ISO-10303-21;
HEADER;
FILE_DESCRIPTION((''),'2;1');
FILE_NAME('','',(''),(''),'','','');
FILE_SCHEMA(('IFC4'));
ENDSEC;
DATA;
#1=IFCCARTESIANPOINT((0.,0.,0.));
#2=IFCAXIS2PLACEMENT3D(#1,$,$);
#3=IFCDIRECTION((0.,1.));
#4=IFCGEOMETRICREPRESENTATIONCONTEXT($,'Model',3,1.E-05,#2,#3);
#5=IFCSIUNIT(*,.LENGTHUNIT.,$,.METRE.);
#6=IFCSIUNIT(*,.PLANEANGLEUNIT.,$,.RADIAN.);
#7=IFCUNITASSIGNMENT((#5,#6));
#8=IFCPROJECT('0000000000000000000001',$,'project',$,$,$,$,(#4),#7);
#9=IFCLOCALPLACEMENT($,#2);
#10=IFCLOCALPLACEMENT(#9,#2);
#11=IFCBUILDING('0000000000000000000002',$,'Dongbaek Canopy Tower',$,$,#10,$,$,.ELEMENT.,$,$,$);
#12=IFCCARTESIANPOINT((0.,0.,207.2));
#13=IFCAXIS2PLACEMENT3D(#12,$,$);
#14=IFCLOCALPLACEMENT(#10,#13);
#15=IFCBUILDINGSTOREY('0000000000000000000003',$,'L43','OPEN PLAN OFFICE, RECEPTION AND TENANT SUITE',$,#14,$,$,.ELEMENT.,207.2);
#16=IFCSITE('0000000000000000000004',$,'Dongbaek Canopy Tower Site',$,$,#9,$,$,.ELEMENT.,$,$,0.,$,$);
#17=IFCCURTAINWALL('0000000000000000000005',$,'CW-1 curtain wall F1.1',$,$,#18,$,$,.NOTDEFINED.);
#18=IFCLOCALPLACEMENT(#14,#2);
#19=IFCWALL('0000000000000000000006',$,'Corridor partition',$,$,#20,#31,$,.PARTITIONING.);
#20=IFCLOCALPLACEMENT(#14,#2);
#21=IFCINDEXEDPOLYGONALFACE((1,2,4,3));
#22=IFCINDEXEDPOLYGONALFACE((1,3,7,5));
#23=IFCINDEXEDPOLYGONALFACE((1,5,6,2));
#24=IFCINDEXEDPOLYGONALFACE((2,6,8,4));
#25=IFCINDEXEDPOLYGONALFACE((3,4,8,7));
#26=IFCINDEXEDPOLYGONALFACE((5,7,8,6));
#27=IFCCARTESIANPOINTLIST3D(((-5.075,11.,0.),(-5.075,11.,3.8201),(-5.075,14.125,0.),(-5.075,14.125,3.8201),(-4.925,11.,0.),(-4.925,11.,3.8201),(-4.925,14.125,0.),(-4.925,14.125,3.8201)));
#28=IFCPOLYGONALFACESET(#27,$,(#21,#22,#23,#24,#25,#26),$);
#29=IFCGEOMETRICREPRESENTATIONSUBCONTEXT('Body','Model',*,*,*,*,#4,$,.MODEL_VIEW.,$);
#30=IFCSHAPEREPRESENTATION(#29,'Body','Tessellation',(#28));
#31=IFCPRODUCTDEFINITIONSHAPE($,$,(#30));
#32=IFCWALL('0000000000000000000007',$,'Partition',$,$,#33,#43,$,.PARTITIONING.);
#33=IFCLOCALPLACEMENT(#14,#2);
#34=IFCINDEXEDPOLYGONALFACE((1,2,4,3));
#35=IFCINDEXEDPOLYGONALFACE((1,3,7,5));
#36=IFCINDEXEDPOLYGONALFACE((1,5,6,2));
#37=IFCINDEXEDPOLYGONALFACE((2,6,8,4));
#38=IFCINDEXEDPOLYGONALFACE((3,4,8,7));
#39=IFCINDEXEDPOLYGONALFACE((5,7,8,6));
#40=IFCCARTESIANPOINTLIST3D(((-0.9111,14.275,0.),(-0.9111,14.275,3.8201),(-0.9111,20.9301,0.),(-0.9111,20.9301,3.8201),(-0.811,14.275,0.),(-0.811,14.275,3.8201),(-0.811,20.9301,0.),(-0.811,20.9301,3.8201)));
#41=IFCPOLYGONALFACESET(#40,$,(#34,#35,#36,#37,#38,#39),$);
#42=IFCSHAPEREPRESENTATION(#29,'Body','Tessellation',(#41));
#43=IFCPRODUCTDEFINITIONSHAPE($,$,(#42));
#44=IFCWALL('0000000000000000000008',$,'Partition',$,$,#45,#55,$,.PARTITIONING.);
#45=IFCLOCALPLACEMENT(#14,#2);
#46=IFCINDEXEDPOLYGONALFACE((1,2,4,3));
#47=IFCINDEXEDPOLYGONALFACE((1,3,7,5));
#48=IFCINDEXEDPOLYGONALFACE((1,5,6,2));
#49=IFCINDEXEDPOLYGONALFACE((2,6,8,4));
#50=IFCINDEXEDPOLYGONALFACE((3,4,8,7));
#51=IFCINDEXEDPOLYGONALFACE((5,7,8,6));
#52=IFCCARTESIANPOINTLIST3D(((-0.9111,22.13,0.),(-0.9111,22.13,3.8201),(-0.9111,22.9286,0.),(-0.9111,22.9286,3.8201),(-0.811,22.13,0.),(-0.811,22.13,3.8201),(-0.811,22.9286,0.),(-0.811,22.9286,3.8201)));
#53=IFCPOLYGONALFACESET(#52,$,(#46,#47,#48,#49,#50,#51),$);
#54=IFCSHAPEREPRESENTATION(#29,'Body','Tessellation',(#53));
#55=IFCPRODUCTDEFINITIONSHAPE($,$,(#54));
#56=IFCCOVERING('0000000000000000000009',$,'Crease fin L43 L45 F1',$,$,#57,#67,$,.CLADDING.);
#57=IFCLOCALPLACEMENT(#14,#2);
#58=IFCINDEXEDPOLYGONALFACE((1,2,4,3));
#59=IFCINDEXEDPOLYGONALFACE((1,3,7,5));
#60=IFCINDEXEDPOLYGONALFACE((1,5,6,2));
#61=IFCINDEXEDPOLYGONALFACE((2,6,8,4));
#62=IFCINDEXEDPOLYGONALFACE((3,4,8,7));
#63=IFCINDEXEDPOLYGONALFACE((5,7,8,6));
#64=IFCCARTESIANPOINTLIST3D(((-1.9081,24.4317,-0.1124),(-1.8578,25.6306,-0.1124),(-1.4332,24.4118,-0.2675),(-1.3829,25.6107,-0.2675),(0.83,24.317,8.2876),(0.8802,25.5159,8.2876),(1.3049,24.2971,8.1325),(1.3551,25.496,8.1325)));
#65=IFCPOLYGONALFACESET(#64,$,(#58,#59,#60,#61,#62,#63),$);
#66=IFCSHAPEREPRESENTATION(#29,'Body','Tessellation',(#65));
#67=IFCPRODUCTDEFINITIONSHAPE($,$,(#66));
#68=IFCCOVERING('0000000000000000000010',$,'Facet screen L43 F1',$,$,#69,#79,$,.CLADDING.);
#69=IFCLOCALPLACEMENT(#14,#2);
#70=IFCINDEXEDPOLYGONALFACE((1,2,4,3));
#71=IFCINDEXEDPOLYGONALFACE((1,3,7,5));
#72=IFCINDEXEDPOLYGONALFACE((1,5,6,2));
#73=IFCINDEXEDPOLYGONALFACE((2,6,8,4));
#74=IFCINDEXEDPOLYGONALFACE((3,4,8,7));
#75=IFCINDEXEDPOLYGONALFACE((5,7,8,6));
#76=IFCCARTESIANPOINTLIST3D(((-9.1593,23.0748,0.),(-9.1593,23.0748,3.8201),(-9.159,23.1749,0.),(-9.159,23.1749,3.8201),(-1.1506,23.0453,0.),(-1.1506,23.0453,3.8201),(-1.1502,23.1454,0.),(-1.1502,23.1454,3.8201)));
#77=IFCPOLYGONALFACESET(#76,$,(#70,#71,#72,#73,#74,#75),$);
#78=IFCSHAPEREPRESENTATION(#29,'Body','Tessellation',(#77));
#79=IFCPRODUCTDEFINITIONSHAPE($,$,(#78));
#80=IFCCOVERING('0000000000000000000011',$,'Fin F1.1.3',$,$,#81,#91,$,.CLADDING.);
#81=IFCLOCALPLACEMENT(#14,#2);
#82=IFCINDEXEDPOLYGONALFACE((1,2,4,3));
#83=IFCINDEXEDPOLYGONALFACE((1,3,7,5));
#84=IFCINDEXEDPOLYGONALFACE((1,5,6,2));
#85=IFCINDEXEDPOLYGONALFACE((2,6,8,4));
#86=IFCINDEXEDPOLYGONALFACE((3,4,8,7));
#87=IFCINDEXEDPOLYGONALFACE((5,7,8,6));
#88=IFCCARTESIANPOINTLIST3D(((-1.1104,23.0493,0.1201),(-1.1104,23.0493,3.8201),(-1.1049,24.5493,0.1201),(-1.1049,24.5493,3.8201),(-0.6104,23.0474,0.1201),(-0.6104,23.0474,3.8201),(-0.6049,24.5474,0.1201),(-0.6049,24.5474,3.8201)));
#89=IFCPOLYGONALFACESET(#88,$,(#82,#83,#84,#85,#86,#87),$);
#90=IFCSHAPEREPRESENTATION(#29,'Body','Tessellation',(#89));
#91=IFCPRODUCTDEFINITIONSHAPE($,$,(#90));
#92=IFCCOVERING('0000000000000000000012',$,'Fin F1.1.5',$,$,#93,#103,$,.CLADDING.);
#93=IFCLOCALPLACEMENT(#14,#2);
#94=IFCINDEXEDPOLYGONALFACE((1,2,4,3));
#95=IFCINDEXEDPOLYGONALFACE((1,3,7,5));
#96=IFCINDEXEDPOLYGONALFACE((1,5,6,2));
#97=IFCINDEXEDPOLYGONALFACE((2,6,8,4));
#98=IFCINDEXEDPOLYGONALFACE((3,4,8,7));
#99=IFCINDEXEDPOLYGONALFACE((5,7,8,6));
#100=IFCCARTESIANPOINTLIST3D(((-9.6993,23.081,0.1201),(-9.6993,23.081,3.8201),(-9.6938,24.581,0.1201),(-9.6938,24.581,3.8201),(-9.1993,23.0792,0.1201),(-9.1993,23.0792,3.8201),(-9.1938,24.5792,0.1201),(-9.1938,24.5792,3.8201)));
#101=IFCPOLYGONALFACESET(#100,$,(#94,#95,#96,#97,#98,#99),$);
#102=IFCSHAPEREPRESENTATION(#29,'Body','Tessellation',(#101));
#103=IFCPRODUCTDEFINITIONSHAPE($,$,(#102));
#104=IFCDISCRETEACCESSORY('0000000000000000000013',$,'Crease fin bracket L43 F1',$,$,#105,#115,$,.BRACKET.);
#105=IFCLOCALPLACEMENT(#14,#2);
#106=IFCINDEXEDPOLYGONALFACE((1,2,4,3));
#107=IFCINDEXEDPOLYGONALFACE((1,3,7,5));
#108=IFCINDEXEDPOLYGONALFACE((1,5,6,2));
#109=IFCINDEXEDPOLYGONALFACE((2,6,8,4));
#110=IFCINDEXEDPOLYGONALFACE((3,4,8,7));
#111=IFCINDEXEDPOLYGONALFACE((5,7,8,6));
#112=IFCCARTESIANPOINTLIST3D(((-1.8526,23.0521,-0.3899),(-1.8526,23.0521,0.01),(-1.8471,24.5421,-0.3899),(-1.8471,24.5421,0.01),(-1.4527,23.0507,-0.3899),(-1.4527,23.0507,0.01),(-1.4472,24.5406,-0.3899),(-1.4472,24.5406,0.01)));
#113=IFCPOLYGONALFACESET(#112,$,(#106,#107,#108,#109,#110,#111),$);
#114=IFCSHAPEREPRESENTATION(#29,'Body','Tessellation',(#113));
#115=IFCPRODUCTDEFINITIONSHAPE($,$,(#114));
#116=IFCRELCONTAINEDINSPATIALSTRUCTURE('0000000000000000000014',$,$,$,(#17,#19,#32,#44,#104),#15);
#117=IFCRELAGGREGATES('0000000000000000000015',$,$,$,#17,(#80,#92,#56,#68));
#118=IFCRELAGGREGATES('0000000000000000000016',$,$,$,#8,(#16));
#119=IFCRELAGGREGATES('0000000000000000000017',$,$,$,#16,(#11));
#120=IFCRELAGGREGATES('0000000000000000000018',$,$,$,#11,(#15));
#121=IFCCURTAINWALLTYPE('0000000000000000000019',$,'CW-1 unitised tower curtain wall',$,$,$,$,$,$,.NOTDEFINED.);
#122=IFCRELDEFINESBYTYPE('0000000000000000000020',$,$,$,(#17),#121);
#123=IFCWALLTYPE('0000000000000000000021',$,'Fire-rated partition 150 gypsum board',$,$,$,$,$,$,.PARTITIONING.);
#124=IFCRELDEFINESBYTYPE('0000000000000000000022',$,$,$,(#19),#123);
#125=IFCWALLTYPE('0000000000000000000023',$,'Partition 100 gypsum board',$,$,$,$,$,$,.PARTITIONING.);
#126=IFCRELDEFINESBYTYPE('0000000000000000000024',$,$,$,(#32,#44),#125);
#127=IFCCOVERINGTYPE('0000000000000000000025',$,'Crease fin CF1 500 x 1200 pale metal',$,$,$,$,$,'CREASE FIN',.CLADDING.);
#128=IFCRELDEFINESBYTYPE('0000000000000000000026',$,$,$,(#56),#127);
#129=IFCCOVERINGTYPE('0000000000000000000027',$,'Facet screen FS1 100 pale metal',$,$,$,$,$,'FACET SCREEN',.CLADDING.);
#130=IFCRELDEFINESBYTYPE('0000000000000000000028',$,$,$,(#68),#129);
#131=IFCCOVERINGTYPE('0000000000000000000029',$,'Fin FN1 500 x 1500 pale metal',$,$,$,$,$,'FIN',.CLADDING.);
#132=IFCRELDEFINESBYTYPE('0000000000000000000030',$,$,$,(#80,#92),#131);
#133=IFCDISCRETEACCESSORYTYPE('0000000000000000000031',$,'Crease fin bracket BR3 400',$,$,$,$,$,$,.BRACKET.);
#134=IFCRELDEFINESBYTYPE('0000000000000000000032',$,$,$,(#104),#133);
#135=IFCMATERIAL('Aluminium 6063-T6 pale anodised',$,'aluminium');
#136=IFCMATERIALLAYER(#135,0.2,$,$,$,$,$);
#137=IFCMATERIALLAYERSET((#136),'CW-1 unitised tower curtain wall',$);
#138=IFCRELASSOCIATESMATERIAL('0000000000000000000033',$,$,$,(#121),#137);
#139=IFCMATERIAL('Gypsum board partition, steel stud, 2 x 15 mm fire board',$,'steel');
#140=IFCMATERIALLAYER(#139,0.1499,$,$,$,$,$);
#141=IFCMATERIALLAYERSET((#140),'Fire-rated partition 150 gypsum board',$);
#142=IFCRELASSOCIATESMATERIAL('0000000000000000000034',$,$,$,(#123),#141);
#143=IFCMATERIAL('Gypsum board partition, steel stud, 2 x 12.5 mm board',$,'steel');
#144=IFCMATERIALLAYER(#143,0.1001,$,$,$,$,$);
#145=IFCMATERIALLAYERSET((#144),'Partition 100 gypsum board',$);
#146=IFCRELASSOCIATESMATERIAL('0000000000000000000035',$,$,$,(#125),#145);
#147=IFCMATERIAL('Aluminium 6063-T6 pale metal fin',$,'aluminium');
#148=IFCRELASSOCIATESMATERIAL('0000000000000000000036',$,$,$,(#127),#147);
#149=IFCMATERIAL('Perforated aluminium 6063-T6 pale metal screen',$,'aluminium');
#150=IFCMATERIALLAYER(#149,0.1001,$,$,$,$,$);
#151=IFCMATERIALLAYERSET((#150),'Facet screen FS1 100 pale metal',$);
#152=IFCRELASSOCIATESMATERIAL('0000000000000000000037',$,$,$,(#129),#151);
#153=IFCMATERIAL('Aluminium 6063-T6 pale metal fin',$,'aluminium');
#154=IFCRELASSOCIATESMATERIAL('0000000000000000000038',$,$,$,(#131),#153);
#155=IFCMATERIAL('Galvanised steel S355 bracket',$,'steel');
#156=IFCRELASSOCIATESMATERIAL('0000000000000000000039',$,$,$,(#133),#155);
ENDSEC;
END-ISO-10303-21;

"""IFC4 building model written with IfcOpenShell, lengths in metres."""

from ifc_helpers import new_model, si_unit, direction, frame, frame_2d, origin, origin_2d, place, context, subcontext, project, spatial, rectangle, extrude, material, layer, layer_set, material_profile, profile_set, type_object, element, aggregate, save


model = new_model("IFC4")

# Units and contexts
model_context = context("Model", 3, precision=1e-05, world=origin(), true_north=direction((0.0, 1.0)))
body_context = subcontext(model_context, "Body", "Model", "MODEL_VIEW")
ifc_project = project(units=[si_unit("LENGTHUNIT", "METRE"), si_unit("PLANEANGLEUNIT", "RADIAN")], contexts=[model_context])

# Site, building, storey
site_placement = place(None, origin())
site = spatial("IfcSite", under=ifc_project, at=site_placement, Name="Dongbaek Canopy Tower Site", CompositionType="ELEMENT", RefElevation=0.0)
building_placement = place(site_placement, origin())
building = spatial("IfcBuilding", under=site, at=building_placement, Name="Dongbaek Canopy Tower", CompositionType="ELEMENT")
storey_placement = place(building_placement, frame((0.0, 0.0, 207.2)))
storey = spatial("IfcBuildingStorey", under=building, at=storey_placement, Name="L43", Description="OPEN PLAN OFFICE, RECEPTION AND TENANT SUITE", CompositionType="ELEMENT", Elevation=207.2)

# Curtain wall
ifc_material_1 = material(Name="Aluminium 6063-T6 pale anodised", Category="aluminium")
ifc_layer_1 = layer(ifc_material_1, 0.2)
ifc_layer_set_1 = layer_set([ifc_layer_1], Name="CW-1 unitised tower curtain wall")
curtain_wall_type = type_object("IfcCurtainWallType", Name="CW-1 unitised tower curtain wall", PredefinedType="NOTDEFINED", material=ifc_layer_set_1)
curtain_wall_1_placement = place(storey_placement, origin())
curtain_wall_1 = element("IfcCurtainWall", 1, at=curtain_wall_1_placement, inside=storey, type_object=curtain_wall_type, Name="CW-1 curtain wall F1.1", PredefinedType="NOTDEFINED")

# Shared definitions
ifc_material_2 = material(Name="Gypsum board partition, steel stud, 2 x 15 mm fire board", Category="steel")
ifc_layer_2 = layer(ifc_material_2, 0.1499)
ifc_layer_set_2 = layer_set([ifc_layer_2], Name="Fire-rated partition 150 gypsum board")
wall_type_1 = type_object("IfcWallType", Name="Fire-rated partition 150 gypsum board", PredefinedType="PARTITIONING", material=ifc_layer_set_2)

# Walls
wall_1_placement = place(storey_placement, frame((-5.0, 11.0, 0.0), z_axis=(0.0, 0.0, 1.0), x_axis=(0.0, 1.0, 0.0)))
element("IfcWall", 2, at=wall_1_placement, inside=storey, type_object=wall_type_1, Name="Corridor partition", PredefinedType="PARTITIONING", context=body_context, shape_type="SweptSolid", body=[
    extrude(rectangle(XDim=3.125, YDim=0.1499, at=frame_2d((1.5625, 0.0))), origin(), (0.0, 0.0, 1.0), 3.8201),
])
ifc_material_3 = material(Name="Gypsum board partition, steel stud, 2 x 12.5 mm board", Category="steel")
ifc_layer_3 = layer(ifc_material_3, 0.1001)
ifc_layer_set_3 = layer_set([ifc_layer_3], Name="Partition 100 gypsum board")
wall_type_2 = type_object("IfcWallType", Name="Partition 100 gypsum board", PredefinedType="PARTITIONING", material=ifc_layer_set_3)
wall_2_placement = place(storey_placement, frame((-0.8611, 14.2749, 0.0), z_axis=(0.0, 0.0, 1.0), x_axis=(0.0, 1.0, 0.0)))
element("IfcWall", 3, at=wall_2_placement, inside=storey, type_object=wall_type_2, Name="Partition", PredefinedType="PARTITIONING", context=body_context, shape_type="SweptSolid", body=[
    extrude(rectangle(XDim=6.655, YDim=0.1001, at=frame_2d((3.3276, 0.0))), origin(), (0.0, 0.0, 1.0), 3.8201),
])
wall_3_placement = place(storey_placement, frame((-0.8611, 22.1299, 0.0), z_axis=(0.0, 0.0, 1.0), x_axis=(0.0, 1.0, 0.0)))
element("IfcWall", 4, at=wall_3_placement, inside=storey, type_object=wall_type_2, Name="Partition", PredefinedType="PARTITIONING", context=body_context, shape_type="SweptSolid", body=[
    extrude(rectangle(XDim=0.7986, YDim=0.1001, at=frame_2d((0.3994, 0.0))), origin(), (0.0, 0.0, 1.0), 3.8201),
])

# Coverings
ifc_material_4 = material(Name="Aluminium 6063-T6 pale metal fin", Category="aluminium")
ifc_material_profile_1 = material_profile(ifc_material_4, rectangle(XDim=1.2, YDim=0.5, at=origin_2d()), Name="Crease fin CF1 500 x 1200 pale metal")
ifc_profile_set_1 = profile_set([ifc_material_profile_1], Name="Aluminium 6063-T6 pale metal fin")
covering_type_1 = type_object("IfcCoveringType", Name="Crease fin CF1 500 x 1200 pale metal", ElementType="CREASE FIN", PredefinedType="CLADDING", material=ifc_profile_set_1)
covering_1_placement = place(storey_placement, frame((-1.6455, 25.0212, -0.1899), z_axis=(0.309886, -0.012987, 0.950685), x_axis=(0.041871, 0.999123, 0.0)))
covering_1 = element("IfcCovering", 5, at=covering_1_placement, type_object=covering_type_1, Name="Crease fin L43 L45 F1", PredefinedType="CLADDING", context=body_context, shape_type="SweptSolid", body=[
    extrude(rectangle(XDim=1.2, YDim=0.5, at=origin_2d()), origin(), (0.0, 0.0, 1.0), 8.8357),
])
ifc_material_5 = material(Name="Perforated aluminium 6063-T6 pale metal screen", Category="aluminium")
ifc_layer_4 = layer(ifc_material_5, 0.1001)
ifc_layer_set_4 = layer_set([ifc_layer_4], Name="Facet screen FS1 100 pale metal")
covering_type_2 = type_object("IfcCoveringType", Name="Facet screen FS1 100 pale metal", ElementType="FACET SCREEN", PredefinedType="CLADDING", material=ifc_layer_set_4)
covering_2_placement = place(storey_placement, frame((-5.1548, 23.1101, 0.0), z_axis=(0.0, 0.0, 1.0), x_axis=(-0.999993, 0.003676, 0.0)))
covering_2 = element("IfcCovering", 6, at=covering_2_placement, type_object=covering_type_2, Name="Facet screen L43 F1", PredefinedType="CLADDING", context=body_context, shape_type="SweptSolid", body=[
    extrude(rectangle(XDim=8.0088, YDim=0.1001, at=origin_2d()), origin(), (0.0, 0.0, 1.0), 3.8201),
])
ifc_material_6 = material(Name="Aluminium 6063-T6 pale metal fin", Category="aluminium")
ifc_material_profile_2 = material_profile(ifc_material_6, rectangle(XDim=1.5, YDim=0.5, at=origin_2d()), Name="Fin FN1 500 x 1500 pale metal")
ifc_profile_set_2 = profile_set([ifc_material_profile_2], Name="Aluminium 6063-T6 pale metal fin")
covering_type_3 = type_object("IfcCoveringType", Name="Fin FN1 500 x 1500 pale metal", ElementType="FIN", PredefinedType="CLADDING", material=ifc_profile_set_2)
covering_3_placement = place(storey_placement, frame((-0.8577, 23.7983, 0.1201), z_axis=(0.0, 0.0, 1.0), x_axis=(0.003675, 0.999993, 0.0)))
covering_3 = element("IfcCovering", 7, at=covering_3_placement, type_object=covering_type_3, Name="Fin F1.1.3", PredefinedType="CLADDING", context=body_context, shape_type="SweptSolid", body=[
    extrude(rectangle(XDim=1.5, YDim=0.5, at=origin_2d()), origin(), (0.0, 0.0, 1.0), 3.7),
])
covering_4_placement = place(storey_placement, frame((-9.4465, 23.8301, 0.1201), z_axis=(0.0, 0.0, 1.0), x_axis=(0.003675, 0.999993, 0.0)))
covering_4 = element("IfcCovering", 8, at=covering_4_placement, type_object=covering_type_3, Name="Fin F1.1.5", PredefinedType="CLADDING", context=body_context, shape_type="SweptSolid", body=[
    extrude(rectangle(XDim=1.5, YDim=0.5, at=origin_2d()), origin(), (0.0, 0.0, 1.0), 3.7),
])
aggregate(curtain_wall_1, [covering_3, covering_4, covering_1, covering_2])

# Discrete accessory
ifc_material_7 = material(Name="Galvanised steel S355 bracket", Category="steel")
discrete_accessory_type = type_object("IfcDiscreteAccessoryType", Name="Crease fin bracket BR3 400", PredefinedType="BRACKET", material=ifc_material_7)
discrete_accessory_placement = place(storey_placement, frame((-1.6499, 23.7964, -0.3899), z_axis=(0.0, 0.0, 1.0), x_axis=(0.003676, 0.999993, 0.0)))
element("IfcDiscreteAccessory", 9, at=discrete_accessory_placement, inside=storey, type_object=discrete_accessory_type, Name="Crease fin bracket L43 F1", PredefinedType="BRACKET", context=body_context, shape_type="SweptSolid", body=[
    extrude(rectangle(XDim=1.49, YDim=0.3999, at=origin_2d()), origin(), (0.0, 0.0, 1.0), 0.3999),
])

save(model, "model.ifc")
